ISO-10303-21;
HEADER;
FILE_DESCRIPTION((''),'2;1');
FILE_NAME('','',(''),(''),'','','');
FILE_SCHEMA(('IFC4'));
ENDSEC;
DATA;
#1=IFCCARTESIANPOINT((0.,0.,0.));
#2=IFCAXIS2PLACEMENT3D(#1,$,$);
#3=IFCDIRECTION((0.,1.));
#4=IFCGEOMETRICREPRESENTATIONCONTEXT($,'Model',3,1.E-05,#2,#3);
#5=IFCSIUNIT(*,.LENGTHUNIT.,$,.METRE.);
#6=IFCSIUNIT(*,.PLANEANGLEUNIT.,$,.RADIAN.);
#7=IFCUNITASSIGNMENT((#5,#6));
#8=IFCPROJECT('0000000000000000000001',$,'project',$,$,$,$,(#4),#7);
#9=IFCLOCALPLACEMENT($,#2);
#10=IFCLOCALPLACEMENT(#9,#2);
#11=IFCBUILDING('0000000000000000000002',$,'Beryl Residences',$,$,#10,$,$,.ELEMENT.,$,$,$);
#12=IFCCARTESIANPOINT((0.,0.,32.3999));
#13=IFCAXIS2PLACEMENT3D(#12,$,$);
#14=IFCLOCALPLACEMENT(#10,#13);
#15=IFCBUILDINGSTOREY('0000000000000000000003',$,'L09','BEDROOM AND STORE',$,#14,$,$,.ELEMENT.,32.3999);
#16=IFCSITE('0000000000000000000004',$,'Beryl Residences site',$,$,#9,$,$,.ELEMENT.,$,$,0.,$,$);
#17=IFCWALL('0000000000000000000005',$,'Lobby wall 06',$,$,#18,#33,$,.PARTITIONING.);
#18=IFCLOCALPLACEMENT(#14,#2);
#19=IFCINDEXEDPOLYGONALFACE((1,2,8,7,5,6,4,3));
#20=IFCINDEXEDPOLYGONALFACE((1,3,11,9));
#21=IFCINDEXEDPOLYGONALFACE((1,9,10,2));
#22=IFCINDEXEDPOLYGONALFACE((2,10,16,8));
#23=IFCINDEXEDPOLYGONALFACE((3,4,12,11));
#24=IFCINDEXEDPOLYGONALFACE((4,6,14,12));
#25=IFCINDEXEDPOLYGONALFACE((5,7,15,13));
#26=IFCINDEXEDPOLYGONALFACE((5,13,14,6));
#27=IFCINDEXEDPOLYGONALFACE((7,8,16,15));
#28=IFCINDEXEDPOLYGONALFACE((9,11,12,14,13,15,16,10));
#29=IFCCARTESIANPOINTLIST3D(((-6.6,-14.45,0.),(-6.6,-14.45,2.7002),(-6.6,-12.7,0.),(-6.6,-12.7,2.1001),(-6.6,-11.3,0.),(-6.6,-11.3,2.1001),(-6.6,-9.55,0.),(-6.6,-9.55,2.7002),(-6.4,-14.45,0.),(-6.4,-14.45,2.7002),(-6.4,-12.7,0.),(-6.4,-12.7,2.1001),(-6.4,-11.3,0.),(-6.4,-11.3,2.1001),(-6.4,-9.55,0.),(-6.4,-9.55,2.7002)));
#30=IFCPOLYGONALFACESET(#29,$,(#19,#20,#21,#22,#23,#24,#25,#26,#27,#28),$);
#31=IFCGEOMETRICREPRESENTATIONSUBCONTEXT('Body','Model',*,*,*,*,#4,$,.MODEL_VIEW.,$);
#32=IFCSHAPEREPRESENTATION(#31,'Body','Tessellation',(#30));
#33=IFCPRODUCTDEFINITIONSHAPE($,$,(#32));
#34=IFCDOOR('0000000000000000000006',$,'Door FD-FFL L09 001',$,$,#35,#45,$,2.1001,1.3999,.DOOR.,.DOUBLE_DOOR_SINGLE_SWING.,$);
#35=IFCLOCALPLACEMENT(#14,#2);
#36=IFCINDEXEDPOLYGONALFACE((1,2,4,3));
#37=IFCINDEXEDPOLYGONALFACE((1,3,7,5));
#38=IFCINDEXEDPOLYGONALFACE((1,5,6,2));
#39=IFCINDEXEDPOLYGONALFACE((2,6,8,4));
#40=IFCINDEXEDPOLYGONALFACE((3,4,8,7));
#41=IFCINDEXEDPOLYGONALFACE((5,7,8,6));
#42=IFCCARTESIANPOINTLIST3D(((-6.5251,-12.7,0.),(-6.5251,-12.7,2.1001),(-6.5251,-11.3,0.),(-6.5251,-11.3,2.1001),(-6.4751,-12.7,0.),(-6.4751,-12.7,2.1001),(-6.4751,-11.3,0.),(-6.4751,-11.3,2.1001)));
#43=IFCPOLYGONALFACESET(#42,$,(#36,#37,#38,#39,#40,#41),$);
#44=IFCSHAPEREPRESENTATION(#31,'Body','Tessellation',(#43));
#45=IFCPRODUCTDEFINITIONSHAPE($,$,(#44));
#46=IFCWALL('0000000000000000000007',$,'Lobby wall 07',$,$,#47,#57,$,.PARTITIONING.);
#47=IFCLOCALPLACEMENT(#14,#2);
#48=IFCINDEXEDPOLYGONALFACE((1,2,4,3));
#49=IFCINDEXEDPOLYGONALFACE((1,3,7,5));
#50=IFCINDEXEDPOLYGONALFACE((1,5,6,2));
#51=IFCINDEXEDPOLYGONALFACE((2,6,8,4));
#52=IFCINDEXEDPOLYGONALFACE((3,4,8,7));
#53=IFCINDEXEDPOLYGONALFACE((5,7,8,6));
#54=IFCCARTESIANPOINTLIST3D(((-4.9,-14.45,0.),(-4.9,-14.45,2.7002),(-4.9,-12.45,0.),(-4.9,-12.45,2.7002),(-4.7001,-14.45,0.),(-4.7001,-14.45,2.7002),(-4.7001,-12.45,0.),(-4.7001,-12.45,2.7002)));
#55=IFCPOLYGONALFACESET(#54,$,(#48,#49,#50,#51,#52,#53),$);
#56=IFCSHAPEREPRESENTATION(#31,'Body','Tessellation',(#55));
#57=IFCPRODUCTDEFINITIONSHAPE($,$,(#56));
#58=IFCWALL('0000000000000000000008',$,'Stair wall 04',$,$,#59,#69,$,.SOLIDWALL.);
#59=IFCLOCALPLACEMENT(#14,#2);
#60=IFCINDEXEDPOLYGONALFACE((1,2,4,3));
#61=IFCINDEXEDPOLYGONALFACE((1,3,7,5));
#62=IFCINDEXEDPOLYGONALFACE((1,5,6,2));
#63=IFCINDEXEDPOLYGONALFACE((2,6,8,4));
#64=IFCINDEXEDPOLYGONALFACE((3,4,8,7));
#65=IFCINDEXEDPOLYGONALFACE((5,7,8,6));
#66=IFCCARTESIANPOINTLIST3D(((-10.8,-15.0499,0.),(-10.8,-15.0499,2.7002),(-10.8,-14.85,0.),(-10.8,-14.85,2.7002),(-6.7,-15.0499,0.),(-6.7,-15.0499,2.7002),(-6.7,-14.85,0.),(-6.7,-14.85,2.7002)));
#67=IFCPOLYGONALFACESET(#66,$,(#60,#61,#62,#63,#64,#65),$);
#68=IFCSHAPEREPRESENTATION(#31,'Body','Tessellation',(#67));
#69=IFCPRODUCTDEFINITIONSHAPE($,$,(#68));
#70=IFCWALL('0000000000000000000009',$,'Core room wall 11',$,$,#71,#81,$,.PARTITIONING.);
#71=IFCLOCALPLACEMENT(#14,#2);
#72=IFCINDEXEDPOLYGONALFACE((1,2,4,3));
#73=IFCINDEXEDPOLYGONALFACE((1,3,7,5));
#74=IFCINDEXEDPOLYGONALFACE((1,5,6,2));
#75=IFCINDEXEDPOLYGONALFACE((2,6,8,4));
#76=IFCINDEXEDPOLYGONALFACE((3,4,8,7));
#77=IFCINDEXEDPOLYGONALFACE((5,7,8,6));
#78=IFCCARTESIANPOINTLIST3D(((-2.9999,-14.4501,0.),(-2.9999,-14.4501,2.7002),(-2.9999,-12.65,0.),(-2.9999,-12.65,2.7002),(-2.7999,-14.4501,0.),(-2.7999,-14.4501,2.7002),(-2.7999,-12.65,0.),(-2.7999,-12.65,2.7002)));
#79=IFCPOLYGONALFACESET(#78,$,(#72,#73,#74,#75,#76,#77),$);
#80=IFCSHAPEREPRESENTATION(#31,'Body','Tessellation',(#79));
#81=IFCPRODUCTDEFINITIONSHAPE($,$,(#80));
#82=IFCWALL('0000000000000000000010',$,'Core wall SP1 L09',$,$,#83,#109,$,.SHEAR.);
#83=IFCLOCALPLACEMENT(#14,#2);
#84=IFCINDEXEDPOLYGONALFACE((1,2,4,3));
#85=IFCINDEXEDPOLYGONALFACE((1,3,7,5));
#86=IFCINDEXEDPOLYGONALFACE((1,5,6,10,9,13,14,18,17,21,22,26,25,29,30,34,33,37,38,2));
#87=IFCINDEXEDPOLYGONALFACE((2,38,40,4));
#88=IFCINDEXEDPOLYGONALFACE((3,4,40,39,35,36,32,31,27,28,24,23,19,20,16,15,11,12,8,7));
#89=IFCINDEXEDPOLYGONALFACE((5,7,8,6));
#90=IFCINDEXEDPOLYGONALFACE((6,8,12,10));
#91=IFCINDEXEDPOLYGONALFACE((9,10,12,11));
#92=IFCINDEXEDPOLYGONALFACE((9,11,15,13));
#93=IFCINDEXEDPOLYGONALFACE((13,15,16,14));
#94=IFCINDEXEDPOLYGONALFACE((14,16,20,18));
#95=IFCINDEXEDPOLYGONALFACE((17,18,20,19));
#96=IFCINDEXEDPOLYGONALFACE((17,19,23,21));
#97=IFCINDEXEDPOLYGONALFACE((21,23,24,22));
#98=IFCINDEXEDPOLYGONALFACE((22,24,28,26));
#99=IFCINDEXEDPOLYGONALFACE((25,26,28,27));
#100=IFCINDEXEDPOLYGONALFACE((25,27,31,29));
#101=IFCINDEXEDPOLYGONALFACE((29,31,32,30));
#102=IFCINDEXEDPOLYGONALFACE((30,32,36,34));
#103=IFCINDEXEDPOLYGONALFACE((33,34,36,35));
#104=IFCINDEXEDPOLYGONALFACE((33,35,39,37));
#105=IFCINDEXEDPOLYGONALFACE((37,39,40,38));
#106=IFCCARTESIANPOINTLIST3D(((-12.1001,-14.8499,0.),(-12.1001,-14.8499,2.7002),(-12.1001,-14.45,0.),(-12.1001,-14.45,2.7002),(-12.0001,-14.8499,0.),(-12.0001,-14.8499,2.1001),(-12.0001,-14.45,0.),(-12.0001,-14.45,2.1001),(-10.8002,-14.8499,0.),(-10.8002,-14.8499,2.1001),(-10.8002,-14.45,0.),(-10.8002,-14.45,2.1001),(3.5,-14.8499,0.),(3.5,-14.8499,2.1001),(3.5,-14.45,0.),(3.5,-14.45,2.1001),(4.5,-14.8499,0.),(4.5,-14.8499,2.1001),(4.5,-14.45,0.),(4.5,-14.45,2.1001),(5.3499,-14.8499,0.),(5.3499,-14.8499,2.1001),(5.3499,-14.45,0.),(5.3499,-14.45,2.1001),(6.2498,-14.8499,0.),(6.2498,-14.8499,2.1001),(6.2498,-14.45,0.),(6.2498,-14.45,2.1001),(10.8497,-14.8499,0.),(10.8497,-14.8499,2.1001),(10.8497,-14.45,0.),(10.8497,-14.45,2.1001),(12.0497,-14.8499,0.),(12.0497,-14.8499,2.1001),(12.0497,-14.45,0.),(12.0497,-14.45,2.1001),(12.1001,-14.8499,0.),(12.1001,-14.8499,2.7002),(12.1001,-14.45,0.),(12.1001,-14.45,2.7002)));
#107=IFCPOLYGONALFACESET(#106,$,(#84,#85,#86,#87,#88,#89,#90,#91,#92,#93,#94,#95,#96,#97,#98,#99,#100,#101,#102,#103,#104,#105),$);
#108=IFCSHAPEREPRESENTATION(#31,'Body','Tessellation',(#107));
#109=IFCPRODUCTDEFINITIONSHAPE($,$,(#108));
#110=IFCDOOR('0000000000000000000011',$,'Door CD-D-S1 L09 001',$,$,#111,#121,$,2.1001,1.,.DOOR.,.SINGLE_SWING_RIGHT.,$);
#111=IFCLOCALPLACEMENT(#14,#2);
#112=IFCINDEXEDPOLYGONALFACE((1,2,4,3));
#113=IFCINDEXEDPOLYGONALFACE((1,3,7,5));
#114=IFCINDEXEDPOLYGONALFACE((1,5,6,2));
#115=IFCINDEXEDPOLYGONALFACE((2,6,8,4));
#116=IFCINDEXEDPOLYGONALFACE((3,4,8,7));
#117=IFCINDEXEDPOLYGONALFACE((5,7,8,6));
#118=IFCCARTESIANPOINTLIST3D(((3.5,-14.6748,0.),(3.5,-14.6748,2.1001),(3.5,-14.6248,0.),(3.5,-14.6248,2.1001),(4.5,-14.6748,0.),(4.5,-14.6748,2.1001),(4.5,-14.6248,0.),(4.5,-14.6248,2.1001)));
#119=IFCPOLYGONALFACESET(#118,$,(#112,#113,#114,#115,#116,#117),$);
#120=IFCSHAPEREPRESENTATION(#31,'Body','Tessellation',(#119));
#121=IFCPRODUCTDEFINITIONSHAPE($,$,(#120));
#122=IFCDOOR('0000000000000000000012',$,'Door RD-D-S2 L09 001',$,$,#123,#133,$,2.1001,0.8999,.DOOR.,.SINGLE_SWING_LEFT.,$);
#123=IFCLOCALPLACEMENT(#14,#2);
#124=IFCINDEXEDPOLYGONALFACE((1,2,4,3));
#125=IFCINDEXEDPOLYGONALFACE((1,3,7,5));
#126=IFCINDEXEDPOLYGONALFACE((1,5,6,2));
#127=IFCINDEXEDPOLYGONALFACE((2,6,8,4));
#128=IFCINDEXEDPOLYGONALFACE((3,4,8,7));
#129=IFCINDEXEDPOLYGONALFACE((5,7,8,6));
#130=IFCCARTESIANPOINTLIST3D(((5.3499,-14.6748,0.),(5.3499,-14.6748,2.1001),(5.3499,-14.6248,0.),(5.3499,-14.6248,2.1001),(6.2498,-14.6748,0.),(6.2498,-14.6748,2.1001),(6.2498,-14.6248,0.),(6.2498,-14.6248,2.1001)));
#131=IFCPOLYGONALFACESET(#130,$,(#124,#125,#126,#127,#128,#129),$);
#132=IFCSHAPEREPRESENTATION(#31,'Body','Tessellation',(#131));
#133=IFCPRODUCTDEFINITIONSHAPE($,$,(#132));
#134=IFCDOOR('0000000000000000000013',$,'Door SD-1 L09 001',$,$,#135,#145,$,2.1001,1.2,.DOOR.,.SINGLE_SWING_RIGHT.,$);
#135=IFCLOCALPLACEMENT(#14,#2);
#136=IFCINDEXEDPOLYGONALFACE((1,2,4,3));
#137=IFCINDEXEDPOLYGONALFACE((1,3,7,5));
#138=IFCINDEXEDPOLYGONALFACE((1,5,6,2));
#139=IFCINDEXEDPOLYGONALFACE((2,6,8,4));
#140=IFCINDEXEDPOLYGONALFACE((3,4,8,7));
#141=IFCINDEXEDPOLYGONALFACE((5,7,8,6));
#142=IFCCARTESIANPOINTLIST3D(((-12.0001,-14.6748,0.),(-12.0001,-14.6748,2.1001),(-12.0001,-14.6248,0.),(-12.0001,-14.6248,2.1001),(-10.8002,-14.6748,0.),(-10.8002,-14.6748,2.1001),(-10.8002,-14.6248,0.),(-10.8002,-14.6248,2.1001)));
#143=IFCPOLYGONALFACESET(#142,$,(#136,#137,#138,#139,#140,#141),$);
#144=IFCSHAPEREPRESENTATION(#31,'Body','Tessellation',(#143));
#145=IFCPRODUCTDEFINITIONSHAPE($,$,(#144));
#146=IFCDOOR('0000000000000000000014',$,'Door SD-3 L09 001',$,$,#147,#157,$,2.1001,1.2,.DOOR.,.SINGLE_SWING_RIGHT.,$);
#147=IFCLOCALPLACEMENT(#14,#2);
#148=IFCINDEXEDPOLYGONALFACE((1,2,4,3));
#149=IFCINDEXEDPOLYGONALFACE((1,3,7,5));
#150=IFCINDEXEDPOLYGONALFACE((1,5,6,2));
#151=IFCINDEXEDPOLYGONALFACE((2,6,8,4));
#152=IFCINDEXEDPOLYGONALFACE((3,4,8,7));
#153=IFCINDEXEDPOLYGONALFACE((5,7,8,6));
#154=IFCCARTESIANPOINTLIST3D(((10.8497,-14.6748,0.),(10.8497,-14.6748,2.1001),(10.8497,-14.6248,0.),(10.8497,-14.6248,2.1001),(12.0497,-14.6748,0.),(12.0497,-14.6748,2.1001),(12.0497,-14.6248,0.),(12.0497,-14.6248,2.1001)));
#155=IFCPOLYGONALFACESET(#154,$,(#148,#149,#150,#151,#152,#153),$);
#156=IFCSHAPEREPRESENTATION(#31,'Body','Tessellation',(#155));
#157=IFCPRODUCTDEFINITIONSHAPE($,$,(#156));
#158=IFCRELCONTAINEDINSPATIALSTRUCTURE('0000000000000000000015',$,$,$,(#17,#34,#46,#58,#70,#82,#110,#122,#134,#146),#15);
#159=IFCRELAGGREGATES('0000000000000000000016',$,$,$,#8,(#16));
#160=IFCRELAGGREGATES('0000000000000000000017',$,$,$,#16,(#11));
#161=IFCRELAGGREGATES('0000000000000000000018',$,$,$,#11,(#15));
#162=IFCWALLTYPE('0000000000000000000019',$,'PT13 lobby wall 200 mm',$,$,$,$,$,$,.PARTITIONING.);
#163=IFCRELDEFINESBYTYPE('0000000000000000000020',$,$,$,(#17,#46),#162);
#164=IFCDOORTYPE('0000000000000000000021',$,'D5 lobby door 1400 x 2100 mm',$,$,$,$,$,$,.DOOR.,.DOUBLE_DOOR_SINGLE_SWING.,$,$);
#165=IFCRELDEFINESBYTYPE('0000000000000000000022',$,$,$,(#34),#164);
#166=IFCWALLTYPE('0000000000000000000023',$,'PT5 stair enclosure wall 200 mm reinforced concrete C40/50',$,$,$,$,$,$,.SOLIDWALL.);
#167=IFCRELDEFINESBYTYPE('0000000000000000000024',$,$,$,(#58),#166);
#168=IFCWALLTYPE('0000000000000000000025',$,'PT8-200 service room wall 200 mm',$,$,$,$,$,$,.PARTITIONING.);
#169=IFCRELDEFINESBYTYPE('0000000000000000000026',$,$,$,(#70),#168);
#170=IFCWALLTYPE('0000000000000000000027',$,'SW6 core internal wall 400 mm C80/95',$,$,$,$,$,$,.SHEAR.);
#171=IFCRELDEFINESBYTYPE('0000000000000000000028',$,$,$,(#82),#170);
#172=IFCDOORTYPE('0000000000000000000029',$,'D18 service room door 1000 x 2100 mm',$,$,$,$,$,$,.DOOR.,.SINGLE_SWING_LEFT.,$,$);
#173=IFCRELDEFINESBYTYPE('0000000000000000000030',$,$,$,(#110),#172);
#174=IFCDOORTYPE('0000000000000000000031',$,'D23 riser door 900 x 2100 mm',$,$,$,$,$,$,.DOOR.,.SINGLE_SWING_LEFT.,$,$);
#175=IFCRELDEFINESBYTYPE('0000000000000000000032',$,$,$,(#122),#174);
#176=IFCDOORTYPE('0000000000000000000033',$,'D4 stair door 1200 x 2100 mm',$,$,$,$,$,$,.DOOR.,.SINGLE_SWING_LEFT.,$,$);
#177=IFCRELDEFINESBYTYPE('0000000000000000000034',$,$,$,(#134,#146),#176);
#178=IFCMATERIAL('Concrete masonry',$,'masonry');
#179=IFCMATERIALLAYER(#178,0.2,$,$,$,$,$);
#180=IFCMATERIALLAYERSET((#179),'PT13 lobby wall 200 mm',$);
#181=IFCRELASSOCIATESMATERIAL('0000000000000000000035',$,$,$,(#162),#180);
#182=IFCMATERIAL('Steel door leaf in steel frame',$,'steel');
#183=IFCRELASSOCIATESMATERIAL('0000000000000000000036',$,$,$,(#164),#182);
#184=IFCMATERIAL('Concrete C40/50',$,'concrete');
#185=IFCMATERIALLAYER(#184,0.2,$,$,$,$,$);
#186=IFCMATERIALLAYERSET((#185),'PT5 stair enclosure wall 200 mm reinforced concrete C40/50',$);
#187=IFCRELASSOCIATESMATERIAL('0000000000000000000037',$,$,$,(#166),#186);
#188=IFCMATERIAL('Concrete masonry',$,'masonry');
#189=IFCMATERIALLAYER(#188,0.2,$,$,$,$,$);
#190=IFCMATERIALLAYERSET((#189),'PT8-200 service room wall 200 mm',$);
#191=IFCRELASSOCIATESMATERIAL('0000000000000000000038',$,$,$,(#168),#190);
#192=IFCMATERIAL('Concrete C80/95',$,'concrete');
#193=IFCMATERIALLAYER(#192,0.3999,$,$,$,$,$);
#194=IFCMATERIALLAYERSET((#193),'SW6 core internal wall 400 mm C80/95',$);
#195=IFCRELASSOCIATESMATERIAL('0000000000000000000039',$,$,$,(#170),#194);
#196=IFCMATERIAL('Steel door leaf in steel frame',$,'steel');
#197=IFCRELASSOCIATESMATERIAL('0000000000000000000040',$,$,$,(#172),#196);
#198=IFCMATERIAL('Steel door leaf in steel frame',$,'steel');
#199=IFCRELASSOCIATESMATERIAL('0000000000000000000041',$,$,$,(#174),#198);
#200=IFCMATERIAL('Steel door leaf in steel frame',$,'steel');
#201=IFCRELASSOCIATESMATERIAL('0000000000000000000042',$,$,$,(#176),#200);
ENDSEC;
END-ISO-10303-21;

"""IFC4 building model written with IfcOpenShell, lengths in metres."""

from ifc_helpers import new_model, si_unit, direction, frame, frame_2d, origin, place, context, subcontext, project, spatial, rectangle, extrude, material, layer, layer_set, type_object, element, fill, save


model = new_model("IFC4")

# Units and contexts
model_context = context("Model", 3, precision=1e-05, world=origin(), true_north=direction((0.0, 1.0)))
body_context = subcontext(model_context, "Body", "Model", "MODEL_VIEW")
ifc_project = project(units=[si_unit("LENGTHUNIT", "METRE"), si_unit("PLANEANGLEUNIT", "RADIAN")], contexts=[model_context])

# Site, building, storey
site_placement = place(None, origin())
site = spatial("IfcSite", under=ifc_project, at=site_placement, Name="Beryl Residences site", CompositionType="ELEMENT", RefElevation=0.0)
building_placement = place(site_placement, origin())
building = spatial("IfcBuilding", under=site, at=building_placement, Name="Beryl Residences", CompositionType="ELEMENT")
storey_placement = place(building_placement, frame((0.0, 0.0, 32.3999)))
storey = spatial("IfcBuildingStorey", under=building, at=storey_placement, Name="L09", Description="BEDROOM AND STORE", CompositionType="ELEMENT", Elevation=32.3999)

# Wall, opening, door
ifc_material_1 = material(Name="Concrete masonry", Category="masonry")
ifc_layer_1 = layer(ifc_material_1, 0.2)
ifc_layer_set_1 = layer_set([ifc_layer_1], Name="PT13 lobby wall 200 mm")
wall_type_1 = type_object("IfcWallType", Name="PT13 lobby wall 200 mm", PredefinedType="PARTITIONING", material=ifc_layer_set_1)
wall_1_placement = place(storey_placement, frame((-6.5, -14.45, 0.0), z_axis=(0.0, 0.0, 1.0), x_axis=(0.0, 1.0, 0.0)))
wall_1 = element("IfcWall", 1, at=wall_1_placement, inside=storey, type_object=wall_type_1, Name="Lobby wall 06", PredefinedType="PARTITIONING", context=body_context, shape_type="SweptSolid", body=[
    extrude(rectangle(XDim=4.8999, YDim=0.2, at=frame_2d((2.45, 0.0))), origin(), (0.0, 0.0, 1.0), 2.7002),
])
opening_1_placement = place(wall_1_placement, frame((3.1499, 0.0, 0.0), z_axis=(0.0, 0.0, 1.0), x_axis=(-1.0, 0.0, 0.0)))
opening_1 = element("IfcOpeningElement", 2, at=opening_1_placement, cuts=wall_1, PredefinedType="OPENING", context=body_context, shape_type="SweptSolid", body=[
    extrude(rectangle(XDim=1.3999, YDim=2.1001, at=frame_2d((0.7, 1.05))), frame((0.0, 0.1099, 0.0), z_axis=(0.0, -1.0, 0.0), x_axis=(1.0, 0.0, 0.0)), (0.0, 0.0, 1.0), 0.22),
])
ifc_material_2 = material(Name="Steel door leaf in steel frame", Category="steel")
door_type_1 = type_object("IfcDoorType", Name="D5 lobby door 1400 x 2100 mm", OperationType="DOUBLE_DOOR_SINGLE_SWING", PredefinedType="DOOR", material=ifc_material_2)
door_1_placement = place(opening_1_placement, origin())
door_1 = element("IfcDoor", 3, at=door_1_placement, inside=storey, type_object=door_type_1, Name="Door FD-FFL L09 001", OperationType="DOUBLE_DOOR_SINGLE_SWING", OverallHeight=2.1001, OverallWidth=1.3999, PredefinedType="DOOR", context=body_context, shape_type="SweptSolid", body=[
    extrude(rectangle(XDim=1.3999, YDim=2.1001, at=frame_2d((0.7, 1.05))), frame((0.0, 0.0249, 0.0), z_axis=(0.0, -1.0, 0.0), x_axis=(1.0, 0.0, 0.0)), (0.0, 0.0, 1.0), 0.05),
])
fill(opening_1, door_1)

# Walls
wall_2_placement = place(storey_placement, frame((-4.8, -14.45, 0.0), z_axis=(0.0, 0.0, 1.0), x_axis=(0.0, 1.0, 0.0)))
element("IfcWall", 4, at=wall_2_placement, inside=storey, type_object=wall_type_1, Name="Lobby wall 07", PredefinedType="PARTITIONING", context=body_context, shape_type="SweptSolid", body=[
    extrude(rectangle(XDim=2.0, YDim=0.2, at=frame_2d((1.0, 0.0))), origin(), (0.0, 0.0, 1.0), 2.7002),
])
ifc_material_3 = material(Name="Concrete C40/50", Category="concrete")
ifc_layer_2 = layer(ifc_material_3, 0.2)
ifc_layer_set_2 = layer_set([ifc_layer_2], Name="PT5 stair enclosure wall 200 mm reinforced concrete C40/50")
wall_type_2 = type_object("IfcWallType", Name="PT5 stair enclosure wall 200 mm reinforced concrete C40/50", PredefinedType="SOLIDWALL", material=ifc_layer_set_2)
wall_3_placement = place(storey_placement, frame((-10.8, -14.95, 0.0), z_axis=(0.0, 0.0, 1.0), x_axis=(1.0, 0.0, 0.0)))
element("IfcWall", 5, at=wall_3_placement, inside=storey, type_object=wall_type_2, Name="Stair wall 04", PredefinedType="SOLIDWALL", context=body_context, shape_type="SweptSolid", body=[
    extrude(rectangle(XDim=4.1001, YDim=0.2, at=frame_2d((2.05, 0.0))), origin(), (0.0, 0.0, 1.0), 2.7002),
])
ifc_material_4 = material(Name="Concrete masonry", Category="masonry")
ifc_layer_3 = layer(ifc_material_4, 0.2)
ifc_layer_set_3 = layer_set([ifc_layer_3], Name="PT8-200 service room wall 200 mm")
wall_type_3 = type_object("IfcWallType", Name="PT8-200 service room wall 200 mm", PredefinedType="PARTITIONING", material=ifc_layer_set_3)
wall_4_placement = place(storey_placement, frame((-2.8999, -14.45, 0.0), z_axis=(0.0, 0.0, 1.0), x_axis=(0.0, 1.0, 0.0)))
element("IfcWall", 6, at=wall_4_placement, inside=storey, type_object=wall_type_3, Name="Core room wall 11", PredefinedType="PARTITIONING", context=body_context, shape_type="SweptSolid", body=[
    extrude(rectangle(XDim=1.8, YDim=0.2, at=frame_2d((0.8999, 0.0))), origin(), (0.0, 0.0, 1.0), 2.7002),
])

# Wall, openings, doors
ifc_material_5 = material(Name="Concrete C80/95", Category="concrete")
ifc_layer_4 = layer(ifc_material_5, 0.3999)
ifc_layer_set_4 = layer_set([ifc_layer_4], Name="SW6 core internal wall 400 mm C80/95")
wall_type_4 = type_object("IfcWallType", Name="SW6 core internal wall 400 mm C80/95", PredefinedType="SHEAR", material=ifc_layer_set_4)
wall_5_placement = place(storey_placement, frame((-12.1001, -14.6499, 0.0), z_axis=(0.0, 0.0, 1.0), x_axis=(1.0, 0.0, 0.0)))
wall_5 = element("IfcWall", 7, at=wall_5_placement, inside=storey, type_object=wall_type_4, Name="Core wall SP1 L09", PredefinedType="SHEAR", context=body_context, shape_type="SweptSolid", body=[
    extrude(rectangle(XDim=24.2002, YDim=0.3999, at=frame_2d((12.1001, 0.0))), origin(), (0.0, 0.0, 1.0), 2.7002),
])
opening_2_placement = place(wall_5_placement, frame((1.3, 0.0, 0.0), z_axis=(0.0, 0.0, 1.0), x_axis=(-1.0, 0.0, 0.0)))
opening_2 = element("IfcOpeningElement", 8, at=opening_2_placement, cuts=wall_5, PredefinedType="OPENING", context=body_context, shape_type="SweptSolid", body=[
    extrude(rectangle(XDim=1.2, YDim=2.1001, at=frame_2d((0.6001, 1.05))), frame((0.0, 0.21, 0.0), z_axis=(0.0, -1.0, 0.0), x_axis=(1.0, 0.0, 0.0)), (0.0, 0.0, 1.0), 0.4199),
])
opening_3_placement = place(wall_5_placement, frame((24.1499, 0.0, 0.0), z_axis=(0.0, 0.0, 1.0), x_axis=(-1.0, 0.0, 0.0)))
opening_3 = element("IfcOpeningElement", 9, at=opening_3_placement, cuts=wall_5, PredefinedType="OPENING", context=body_context, shape_type="SweptSolid", body=[
    extrude(rectangle(XDim=1.2, YDim=2.1001, at=frame_2d((0.6001, 1.05))), frame((0.0, 0.21, 0.0), z_axis=(0.0, -1.0, 0.0), x_axis=(1.0, 0.0, 0.0)), (0.0, 0.0, 1.0), 0.4199),
])
opening_4_placement = place(wall_5_placement, frame((16.6001, 0.0, 0.0), z_axis=(0.0, 0.0, 1.0), x_axis=(-1.0, 0.0, 0.0)))
opening_4 = element("IfcOpeningElement", 10, at=opening_4_placement, cuts=wall_5, PredefinedType="OPENING", context=body_context, shape_type="SweptSolid", body=[
    extrude(rectangle(XDim=1.0, YDim=2.1001, at=frame_2d((0.5, 1.05))), frame((0.0, 0.21, 0.0), z_axis=(0.0, -1.0, 0.0), x_axis=(1.0, 0.0, 0.0)), (0.0, 0.0, 1.0), 0.4199),
])
opening_5_placement = place(wall_5_placement, frame((18.3499, 0.0, 0.0), z_axis=(0.0, 0.0, 1.0), x_axis=(-1.0, 0.0, 0.0)))
opening_5 = element("IfcOpeningElement", 11, at=opening_5_placement, cuts=wall_5, PredefinedType="OPENING", context=body_context, shape_type="SweptSolid", body=[
    extrude(rectangle(XDim=0.8999, YDim=2.1001, at=frame_2d((0.45, 1.05))), frame((0.0, 0.21, 0.0), z_axis=(0.0, -1.0, 0.0), x_axis=(1.0, 0.0, 0.0)), (0.0, 0.0, 1.0), 0.4199),
])
ifc_material_6 = material(Name="Steel door leaf in steel frame", Category="steel")
door_type_2 = type_object("IfcDoorType", Name="D18 service room door 1000 x 2100 mm", OperationType="SINGLE_SWING_LEFT", PredefinedType="DOOR", material=ifc_material_6)
door_2_placement = place(opening_4_placement, origin())
door_2 = element("IfcDoor", 12, at=door_2_placement, inside=storey, type_object=door_type_2, Name="Door CD-D-S1 L09 001", OperationType="SINGLE_SWING_RIGHT", OverallHeight=2.1001, OverallWidth=1.0, PredefinedType="DOOR", context=body_context, shape_type="SweptSolid", body=[
    extrude(rectangle(XDim=1.0, YDim=2.1001, at=frame_2d((0.5, 1.05))), frame((0.0, 0.0249, 0.0), z_axis=(0.0, -1.0, 0.0), x_axis=(1.0, 0.0, 0.0)), (0.0, 0.0, 1.0), 0.05),
])
fill(opening_4, door_2)
ifc_material_7 = material(Name="Steel door leaf in steel frame", Category="steel")
door_type_3 = type_object("IfcDoorType", Name="D23 riser door 900 x 2100 mm", OperationType="SINGLE_SWING_LEFT", PredefinedType="DOOR", material=ifc_material_7)
door_3_placement = place(opening_5_placement, origin())
door_3 = element("IfcDoor", 13, at=door_3_placement, inside=storey, type_object=door_type_3, Name="Door RD-D-S2 L09 001", OperationType="SINGLE_SWING_LEFT", OverallHeight=2.1001, OverallWidth=0.8999, PredefinedType="DOOR", context=body_context, shape_type="SweptSolid", body=[
    extrude(rectangle(XDim=0.8999, YDim=2.1001, at=frame_2d((0.45, 1.05))), frame((0.0, 0.0249, 0.0), z_axis=(0.0, -1.0, 0.0), x_axis=(1.0, 0.0, 0.0)), (0.0, 0.0, 1.0), 0.05),
])
fill(opening_5, door_3)
ifc_material_8 = material(Name="Steel door leaf in steel frame", Category="steel")
door_type_4 = type_object("IfcDoorType", Name="D4 stair door 1200 x 2100 mm", OperationType="SINGLE_SWING_LEFT", PredefinedType="DOOR", material=ifc_material_8)
door_4_placement = place(opening_2_placement, origin())
door_4 = element("IfcDoor", 14, at=door_4_placement, inside=storey, type_object=door_type_4, Name="Door SD-1 L09 001", OperationType="SINGLE_SWING_RIGHT", OverallHeight=2.1001, OverallWidth=1.2, PredefinedType="DOOR", context=body_context, shape_type="SweptSolid", body=[
    extrude(rectangle(XDim=1.2, YDim=2.1001, at=frame_2d((0.6001, 1.05))), frame((0.0, 0.0249, 0.0), z_axis=(0.0, -1.0, 0.0), x_axis=(1.0, 0.0, 0.0)), (0.0, 0.0, 1.0), 0.05),
])
fill(opening_2, door_4)
door_5_placement = place(opening_3_placement, origin())
door_5 = element("IfcDoor", 15, at=door_5_placement, inside=storey, type_object=door_type_4, Name="Door SD-3 L09 001", OperationType="SINGLE_SWING_RIGHT", OverallHeight=2.1001, OverallWidth=1.2, PredefinedType="DOOR", context=body_context, shape_type="SweptSolid", body=[
    extrude(rectangle(XDim=1.2, YDim=2.1001, at=frame_2d((0.6001, 1.05))), frame((0.0, 0.0249, 0.0), z_axis=(0.0, -1.0, 0.0), x_axis=(1.0, 0.0, 0.0)), (0.0, 0.0, 1.0), 0.05),
])
fill(opening_3, door_5)

save(model, "model.ifc")
